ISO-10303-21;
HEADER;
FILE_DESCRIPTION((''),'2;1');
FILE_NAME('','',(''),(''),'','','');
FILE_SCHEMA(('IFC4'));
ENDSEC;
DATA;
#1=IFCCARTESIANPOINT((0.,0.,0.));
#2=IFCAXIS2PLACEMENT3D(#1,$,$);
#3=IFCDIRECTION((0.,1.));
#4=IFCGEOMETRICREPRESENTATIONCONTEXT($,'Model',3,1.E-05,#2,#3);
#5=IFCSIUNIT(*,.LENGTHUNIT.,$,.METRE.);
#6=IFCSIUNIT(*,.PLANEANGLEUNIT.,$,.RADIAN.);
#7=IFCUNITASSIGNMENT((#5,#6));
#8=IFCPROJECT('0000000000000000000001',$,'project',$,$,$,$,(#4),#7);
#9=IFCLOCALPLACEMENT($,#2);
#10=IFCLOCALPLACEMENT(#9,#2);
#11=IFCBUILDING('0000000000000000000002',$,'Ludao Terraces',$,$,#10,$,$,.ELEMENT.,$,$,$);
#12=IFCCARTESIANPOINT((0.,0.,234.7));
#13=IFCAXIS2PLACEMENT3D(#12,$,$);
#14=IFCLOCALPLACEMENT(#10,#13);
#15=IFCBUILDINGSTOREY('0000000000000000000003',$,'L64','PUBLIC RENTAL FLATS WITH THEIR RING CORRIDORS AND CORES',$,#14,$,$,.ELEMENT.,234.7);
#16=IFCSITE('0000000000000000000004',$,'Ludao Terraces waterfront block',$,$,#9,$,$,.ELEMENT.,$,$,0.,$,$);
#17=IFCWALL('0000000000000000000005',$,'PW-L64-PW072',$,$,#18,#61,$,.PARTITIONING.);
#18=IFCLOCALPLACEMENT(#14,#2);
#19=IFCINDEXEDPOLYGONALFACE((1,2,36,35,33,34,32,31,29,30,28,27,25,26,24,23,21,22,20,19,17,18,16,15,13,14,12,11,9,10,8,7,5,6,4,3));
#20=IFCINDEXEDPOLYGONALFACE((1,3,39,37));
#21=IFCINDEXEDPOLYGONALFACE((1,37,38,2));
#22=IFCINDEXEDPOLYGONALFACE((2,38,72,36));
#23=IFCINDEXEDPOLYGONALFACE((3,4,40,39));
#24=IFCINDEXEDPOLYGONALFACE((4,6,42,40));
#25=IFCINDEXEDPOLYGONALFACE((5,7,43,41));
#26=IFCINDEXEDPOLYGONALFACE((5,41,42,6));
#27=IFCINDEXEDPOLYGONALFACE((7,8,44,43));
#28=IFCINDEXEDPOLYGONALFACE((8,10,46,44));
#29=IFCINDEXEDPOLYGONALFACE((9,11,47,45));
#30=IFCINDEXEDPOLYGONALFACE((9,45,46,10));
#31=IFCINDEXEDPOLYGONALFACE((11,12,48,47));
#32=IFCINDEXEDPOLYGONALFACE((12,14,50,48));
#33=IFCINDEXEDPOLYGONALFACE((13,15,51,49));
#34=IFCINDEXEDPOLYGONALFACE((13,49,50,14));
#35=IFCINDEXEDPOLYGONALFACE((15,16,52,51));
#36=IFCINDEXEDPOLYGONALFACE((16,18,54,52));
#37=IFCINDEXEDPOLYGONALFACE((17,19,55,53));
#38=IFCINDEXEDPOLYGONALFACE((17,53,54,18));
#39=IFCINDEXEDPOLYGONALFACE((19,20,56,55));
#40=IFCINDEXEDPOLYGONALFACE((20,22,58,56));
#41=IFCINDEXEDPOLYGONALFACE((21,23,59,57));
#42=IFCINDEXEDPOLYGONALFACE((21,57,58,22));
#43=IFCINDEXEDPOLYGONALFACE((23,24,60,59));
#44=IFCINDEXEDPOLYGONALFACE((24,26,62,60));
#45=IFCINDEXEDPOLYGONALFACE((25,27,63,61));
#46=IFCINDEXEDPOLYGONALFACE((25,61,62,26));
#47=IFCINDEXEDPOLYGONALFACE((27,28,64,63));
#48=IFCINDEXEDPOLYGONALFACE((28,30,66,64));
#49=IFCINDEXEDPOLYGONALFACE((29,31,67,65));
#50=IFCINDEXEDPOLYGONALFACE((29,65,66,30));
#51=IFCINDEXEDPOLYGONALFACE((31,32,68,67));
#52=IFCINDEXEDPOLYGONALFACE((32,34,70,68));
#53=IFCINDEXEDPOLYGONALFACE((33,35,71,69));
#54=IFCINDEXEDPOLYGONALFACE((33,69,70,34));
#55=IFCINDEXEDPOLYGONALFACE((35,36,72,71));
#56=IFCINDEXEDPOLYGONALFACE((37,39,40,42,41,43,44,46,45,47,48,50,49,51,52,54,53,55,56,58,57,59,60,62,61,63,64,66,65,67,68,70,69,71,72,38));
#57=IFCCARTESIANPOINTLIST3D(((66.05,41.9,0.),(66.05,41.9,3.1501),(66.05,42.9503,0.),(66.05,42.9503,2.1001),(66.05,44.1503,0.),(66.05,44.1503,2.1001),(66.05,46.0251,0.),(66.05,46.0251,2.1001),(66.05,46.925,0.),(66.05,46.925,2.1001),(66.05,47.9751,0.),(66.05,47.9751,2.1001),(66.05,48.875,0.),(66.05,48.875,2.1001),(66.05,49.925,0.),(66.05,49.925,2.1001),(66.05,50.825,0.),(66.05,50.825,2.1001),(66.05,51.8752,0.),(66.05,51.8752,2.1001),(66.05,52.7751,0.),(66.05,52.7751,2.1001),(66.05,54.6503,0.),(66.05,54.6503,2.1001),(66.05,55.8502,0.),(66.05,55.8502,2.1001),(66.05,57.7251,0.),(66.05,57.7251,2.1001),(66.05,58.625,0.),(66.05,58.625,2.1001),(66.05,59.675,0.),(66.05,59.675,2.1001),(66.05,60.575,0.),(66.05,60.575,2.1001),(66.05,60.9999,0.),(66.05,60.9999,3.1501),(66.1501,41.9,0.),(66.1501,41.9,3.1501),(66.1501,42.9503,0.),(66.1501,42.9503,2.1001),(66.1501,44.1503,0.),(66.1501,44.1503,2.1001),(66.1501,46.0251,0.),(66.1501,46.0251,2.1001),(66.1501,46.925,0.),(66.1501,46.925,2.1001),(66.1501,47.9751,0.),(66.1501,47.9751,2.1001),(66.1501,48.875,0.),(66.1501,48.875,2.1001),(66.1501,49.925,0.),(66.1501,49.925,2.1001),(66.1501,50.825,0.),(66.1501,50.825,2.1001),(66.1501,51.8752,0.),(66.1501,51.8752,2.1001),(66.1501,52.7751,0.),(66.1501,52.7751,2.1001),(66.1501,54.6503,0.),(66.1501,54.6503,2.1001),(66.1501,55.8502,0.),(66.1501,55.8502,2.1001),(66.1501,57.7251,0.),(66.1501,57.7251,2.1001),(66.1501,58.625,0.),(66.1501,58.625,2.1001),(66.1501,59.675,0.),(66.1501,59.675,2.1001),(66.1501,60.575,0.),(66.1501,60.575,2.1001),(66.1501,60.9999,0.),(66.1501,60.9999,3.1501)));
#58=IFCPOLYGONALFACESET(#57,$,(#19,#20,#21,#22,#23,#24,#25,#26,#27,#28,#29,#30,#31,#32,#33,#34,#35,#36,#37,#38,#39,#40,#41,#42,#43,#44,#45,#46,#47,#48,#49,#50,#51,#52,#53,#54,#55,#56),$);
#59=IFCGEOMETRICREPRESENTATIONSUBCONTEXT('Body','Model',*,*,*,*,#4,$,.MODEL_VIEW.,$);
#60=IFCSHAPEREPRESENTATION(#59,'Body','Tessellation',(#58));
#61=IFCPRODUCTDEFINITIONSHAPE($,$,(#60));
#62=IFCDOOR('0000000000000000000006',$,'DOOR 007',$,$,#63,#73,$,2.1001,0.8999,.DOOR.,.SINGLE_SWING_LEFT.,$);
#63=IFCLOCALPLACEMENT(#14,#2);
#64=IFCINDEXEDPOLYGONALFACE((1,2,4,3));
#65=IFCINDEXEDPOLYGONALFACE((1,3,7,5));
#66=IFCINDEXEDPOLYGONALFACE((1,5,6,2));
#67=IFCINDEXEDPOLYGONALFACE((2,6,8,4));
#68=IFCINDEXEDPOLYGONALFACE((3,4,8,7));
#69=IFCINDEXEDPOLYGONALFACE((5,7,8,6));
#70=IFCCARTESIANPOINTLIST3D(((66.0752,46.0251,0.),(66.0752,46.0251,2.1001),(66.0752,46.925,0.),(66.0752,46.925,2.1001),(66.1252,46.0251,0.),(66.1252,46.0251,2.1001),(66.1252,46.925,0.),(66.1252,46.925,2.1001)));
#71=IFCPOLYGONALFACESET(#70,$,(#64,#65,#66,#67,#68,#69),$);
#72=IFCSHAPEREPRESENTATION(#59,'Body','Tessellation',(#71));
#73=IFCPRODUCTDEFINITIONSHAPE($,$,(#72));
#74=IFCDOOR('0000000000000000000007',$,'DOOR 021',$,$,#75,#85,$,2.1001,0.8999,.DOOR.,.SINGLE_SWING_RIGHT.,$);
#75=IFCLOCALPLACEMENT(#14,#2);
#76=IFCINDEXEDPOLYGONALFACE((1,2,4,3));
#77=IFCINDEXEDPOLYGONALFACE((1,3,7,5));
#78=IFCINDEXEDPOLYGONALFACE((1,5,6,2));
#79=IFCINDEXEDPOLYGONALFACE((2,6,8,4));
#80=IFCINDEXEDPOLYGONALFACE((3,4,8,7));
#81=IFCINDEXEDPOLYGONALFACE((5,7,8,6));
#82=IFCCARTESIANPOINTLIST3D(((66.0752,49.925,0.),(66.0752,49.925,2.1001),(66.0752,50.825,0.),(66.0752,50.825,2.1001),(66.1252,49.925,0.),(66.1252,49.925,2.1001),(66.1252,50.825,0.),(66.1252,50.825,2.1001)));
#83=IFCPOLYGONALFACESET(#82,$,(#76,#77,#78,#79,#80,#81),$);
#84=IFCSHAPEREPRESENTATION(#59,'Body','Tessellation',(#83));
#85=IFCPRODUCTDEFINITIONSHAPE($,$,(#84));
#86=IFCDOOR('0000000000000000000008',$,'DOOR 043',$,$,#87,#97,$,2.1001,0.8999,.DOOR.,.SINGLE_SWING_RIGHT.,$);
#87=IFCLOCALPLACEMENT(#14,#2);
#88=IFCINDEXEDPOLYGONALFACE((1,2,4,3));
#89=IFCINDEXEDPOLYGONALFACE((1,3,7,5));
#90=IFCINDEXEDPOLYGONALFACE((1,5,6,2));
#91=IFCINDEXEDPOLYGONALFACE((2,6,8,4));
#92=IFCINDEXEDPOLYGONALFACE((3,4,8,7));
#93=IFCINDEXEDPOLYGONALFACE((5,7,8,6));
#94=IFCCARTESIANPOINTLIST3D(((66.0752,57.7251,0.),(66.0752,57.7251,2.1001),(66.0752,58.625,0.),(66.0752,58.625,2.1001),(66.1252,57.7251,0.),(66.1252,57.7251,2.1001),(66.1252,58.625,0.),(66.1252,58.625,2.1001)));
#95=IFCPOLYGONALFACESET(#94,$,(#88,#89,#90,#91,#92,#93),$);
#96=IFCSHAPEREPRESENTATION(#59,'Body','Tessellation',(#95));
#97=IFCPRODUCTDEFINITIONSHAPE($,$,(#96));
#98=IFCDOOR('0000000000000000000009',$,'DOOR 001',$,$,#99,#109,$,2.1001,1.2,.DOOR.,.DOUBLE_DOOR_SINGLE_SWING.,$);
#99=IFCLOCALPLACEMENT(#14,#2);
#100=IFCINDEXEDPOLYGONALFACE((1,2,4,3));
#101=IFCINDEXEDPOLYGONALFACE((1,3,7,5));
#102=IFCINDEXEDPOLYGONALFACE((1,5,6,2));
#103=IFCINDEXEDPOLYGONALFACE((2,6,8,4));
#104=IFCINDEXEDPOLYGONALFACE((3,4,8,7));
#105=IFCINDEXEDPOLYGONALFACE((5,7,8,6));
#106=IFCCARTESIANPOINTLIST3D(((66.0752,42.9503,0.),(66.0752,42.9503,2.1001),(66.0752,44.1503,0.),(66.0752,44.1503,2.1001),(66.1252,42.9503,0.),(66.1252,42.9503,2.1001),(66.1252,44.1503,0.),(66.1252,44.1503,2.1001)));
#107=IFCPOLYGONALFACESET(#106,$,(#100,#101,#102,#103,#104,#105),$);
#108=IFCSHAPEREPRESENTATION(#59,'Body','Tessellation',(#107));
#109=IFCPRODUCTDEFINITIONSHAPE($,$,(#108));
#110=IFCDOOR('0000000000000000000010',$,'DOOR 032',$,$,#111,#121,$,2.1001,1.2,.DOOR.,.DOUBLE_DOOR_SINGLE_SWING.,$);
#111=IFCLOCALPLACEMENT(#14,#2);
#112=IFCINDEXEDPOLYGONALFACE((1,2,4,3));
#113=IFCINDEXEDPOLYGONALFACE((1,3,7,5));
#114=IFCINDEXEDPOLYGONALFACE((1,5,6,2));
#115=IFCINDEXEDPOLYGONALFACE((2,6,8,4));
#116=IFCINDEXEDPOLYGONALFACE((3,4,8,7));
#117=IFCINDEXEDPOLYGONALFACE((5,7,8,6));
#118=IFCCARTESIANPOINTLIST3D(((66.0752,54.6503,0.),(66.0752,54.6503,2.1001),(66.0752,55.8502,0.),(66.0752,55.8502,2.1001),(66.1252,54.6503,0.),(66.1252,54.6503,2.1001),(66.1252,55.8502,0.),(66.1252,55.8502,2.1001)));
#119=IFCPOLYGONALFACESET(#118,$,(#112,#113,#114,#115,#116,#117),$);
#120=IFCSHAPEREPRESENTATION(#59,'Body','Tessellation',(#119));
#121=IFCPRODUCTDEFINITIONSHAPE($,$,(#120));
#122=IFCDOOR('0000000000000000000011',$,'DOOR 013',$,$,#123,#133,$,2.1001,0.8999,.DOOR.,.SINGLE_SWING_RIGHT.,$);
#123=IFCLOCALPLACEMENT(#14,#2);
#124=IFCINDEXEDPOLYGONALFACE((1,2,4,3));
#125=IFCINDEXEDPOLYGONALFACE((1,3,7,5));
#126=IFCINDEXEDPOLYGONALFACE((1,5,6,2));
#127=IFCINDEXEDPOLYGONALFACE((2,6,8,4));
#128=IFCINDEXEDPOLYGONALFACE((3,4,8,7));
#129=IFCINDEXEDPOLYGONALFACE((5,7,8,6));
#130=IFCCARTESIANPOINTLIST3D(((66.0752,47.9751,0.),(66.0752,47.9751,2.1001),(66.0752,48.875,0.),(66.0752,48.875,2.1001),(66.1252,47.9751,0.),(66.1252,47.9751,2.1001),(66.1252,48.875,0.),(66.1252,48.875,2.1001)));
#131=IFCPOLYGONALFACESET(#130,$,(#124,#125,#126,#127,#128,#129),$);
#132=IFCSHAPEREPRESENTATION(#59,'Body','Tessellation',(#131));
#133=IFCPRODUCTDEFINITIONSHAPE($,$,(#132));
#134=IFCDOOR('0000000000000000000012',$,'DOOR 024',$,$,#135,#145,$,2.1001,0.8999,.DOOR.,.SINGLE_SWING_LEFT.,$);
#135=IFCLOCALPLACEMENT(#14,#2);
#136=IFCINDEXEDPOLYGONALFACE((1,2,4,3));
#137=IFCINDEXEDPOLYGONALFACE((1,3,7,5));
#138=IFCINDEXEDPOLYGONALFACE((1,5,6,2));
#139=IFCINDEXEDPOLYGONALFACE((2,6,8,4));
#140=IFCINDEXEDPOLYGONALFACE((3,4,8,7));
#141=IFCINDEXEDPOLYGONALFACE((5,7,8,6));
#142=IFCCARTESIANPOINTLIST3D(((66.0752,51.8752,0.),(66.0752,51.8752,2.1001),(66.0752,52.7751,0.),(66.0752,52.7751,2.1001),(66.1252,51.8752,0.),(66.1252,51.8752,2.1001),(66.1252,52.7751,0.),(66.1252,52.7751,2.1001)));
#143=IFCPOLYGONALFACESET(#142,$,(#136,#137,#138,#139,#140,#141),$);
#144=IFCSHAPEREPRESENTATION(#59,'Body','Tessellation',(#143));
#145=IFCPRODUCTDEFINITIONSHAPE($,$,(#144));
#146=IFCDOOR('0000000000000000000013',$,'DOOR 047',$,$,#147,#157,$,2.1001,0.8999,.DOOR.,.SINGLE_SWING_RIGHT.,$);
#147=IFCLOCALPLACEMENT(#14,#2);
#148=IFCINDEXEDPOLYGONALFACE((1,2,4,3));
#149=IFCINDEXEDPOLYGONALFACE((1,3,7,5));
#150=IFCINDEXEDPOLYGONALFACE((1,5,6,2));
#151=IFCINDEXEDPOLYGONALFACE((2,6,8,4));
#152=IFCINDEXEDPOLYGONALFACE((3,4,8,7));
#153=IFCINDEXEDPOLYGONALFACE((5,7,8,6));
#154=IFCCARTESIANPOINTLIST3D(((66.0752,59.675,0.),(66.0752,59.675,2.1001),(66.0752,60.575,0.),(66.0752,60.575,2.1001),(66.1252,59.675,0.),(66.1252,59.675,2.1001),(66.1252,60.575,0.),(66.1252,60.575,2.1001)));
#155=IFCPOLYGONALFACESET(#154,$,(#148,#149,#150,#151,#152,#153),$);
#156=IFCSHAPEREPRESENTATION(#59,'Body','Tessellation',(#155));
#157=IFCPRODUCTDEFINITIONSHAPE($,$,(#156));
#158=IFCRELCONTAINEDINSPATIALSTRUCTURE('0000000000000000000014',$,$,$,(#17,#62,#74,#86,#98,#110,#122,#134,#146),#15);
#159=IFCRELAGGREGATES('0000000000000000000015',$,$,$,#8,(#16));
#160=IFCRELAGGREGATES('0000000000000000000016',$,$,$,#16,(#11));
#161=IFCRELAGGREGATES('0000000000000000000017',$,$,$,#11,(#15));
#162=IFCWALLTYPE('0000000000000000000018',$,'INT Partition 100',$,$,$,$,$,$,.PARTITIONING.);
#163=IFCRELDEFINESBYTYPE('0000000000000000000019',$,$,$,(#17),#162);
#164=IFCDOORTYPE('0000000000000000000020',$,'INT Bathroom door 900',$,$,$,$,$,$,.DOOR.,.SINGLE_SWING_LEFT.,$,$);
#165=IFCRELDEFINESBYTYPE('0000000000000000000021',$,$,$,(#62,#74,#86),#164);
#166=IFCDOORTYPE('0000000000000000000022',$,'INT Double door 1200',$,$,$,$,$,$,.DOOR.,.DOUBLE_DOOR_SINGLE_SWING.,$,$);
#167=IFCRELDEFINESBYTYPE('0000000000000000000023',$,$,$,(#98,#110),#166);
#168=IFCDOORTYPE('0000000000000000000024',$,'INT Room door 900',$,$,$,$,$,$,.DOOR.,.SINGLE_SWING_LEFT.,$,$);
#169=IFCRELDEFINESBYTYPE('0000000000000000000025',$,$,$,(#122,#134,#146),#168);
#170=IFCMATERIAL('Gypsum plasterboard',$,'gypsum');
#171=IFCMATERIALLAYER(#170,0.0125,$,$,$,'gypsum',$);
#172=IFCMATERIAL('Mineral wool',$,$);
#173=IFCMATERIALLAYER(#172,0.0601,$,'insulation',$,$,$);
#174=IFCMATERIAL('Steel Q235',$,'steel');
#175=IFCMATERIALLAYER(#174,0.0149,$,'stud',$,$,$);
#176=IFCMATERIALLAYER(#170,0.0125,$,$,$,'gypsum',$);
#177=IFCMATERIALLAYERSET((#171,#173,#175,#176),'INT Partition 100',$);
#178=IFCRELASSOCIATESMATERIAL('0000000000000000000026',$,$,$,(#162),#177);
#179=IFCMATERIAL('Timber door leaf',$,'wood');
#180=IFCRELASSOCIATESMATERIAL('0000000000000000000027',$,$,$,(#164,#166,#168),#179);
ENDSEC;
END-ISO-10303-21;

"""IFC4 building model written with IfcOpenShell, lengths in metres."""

from ifc_helpers import new_model, si_unit, direction, frame, frame_2d, origin, place, context, subcontext, project, spatial, rectangle, extrude, material, layer, layer_set, type_object, element, fill, save


model = new_model("IFC4")

# Units and contexts
model_context = context("Model", 3, precision=1e-05, world=origin(), true_north=direction((0.0, 1.0)))
body_context = subcontext(model_context, "Body", "Model", "MODEL_VIEW")
ifc_project = project(units=[si_unit("LENGTHUNIT", "METRE"), si_unit("PLANEANGLEUNIT", "RADIAN")], contexts=[model_context])

# Site, building, storey
site_placement = place(None, origin())
site = spatial("IfcSite", under=ifc_project, at=site_placement, Name="Ludao Terraces waterfront block", CompositionType="ELEMENT", RefElevation=0.0)
building_placement = place(site_placement, origin())
building = spatial("IfcBuilding", under=site, at=building_placement, Name="Ludao Terraces", CompositionType="ELEMENT")
storey_placement = place(building_placement, frame((0.0, 0.0, 234.7)))
storey = spatial("IfcBuildingStorey", under=building, at=storey_placement, Name="L64", Description="PUBLIC RENTAL FLATS WITH THEIR RING CORRIDORS AND CORES", CompositionType="ELEMENT", Elevation=234.7)

# Shared definitions
ifc_material_1 = material(Name="Mineral wool")

# Shared definitions
ifc_material_2 = material(Name="Gypsum plasterboard", Category="gypsum")
ifc_layer_1 = layer(ifc_material_2, 0.0125, Category="gypsum")
ifc_layer_2 = layer(ifc_material_1, 0.0601, Name="insulation")
ifc_material_3 = material(Name="Steel Q235", Category="steel")
ifc_layer_3 = layer(ifc_material_3, 0.0149, Name="stud")
ifc_layer_4 = layer(ifc_material_2, 0.0125, Category="gypsum")
ifc_layer_set_1 = layer_set([ifc_layer_1, ifc_layer_2, ifc_layer_3, ifc_layer_4], Name="INT Partition 100")
wall_type_1 = type_object("IfcWallType", Name="INT Partition 100", PredefinedType="PARTITIONING", material=ifc_layer_set_1)

# Wall, openings, doors
wall_1_placement = place(storey_placement, frame((66.1001, 41.9001, 0.0), z_axis=(0.0, 0.0, 1.0), x_axis=(0.0, 1.0, 0.0)))
wall_1 = element("IfcWall", 1, at=wall_1_placement, inside=storey, type_object=wall_type_1, Name="PW-L64-PW072", PredefinedType="PARTITIONING", context=body_context, shape_type="SweptSolid", body=[
    extrude(rectangle(XDim=19.0999, YDim=0.1001, at=frame_2d((9.5498, 0.0))), origin(), (0.0, 0.0, 1.0), 3.1501),
])
opening_1_placement = place(wall_1_placement, frame((1.05, 0.0, 0.0)))
opening_1 = element("IfcOpeningElement", 2, at=opening_1_placement, cuts=wall_1, PredefinedType="OPENING", context=body_context, shape_type="SweptSolid", body=[
    extrude(rectangle(XDim=1.2, YDim=2.1001, at=frame_2d((0.6001, 1.05))), frame((0.0, 0.0601, 0.0), z_axis=(0.0, -1.0, 0.0), x_axis=(1.0, 0.0, 0.0)), (0.0, 0.0, 1.0), 0.1201),
])
opening_2_placement = place(wall_1_placement, frame((4.125, 0.0, 0.0)))
opening_2 = element("IfcOpeningElement", 3, at=opening_2_placement, cuts=wall_1, PredefinedType="OPENING", context=body_context, shape_type="SweptSolid", body=[
    extrude(rectangle(XDim=0.8999, YDim=2.1001, at=frame_2d((0.45, 1.05))), frame((0.0, 0.0601, 0.0), z_axis=(0.0, -1.0, 0.0), x_axis=(1.0, 0.0, 0.0)), (0.0, 0.0, 1.0), 0.1201),
])
opening_3_placement = place(wall_1_placement, frame((6.075, 0.0, 0.0)))
opening_3 = element("IfcOpeningElement", 4, at=opening_3_placement, cuts=wall_1, PredefinedType="OPENING", context=body_context, shape_type="SweptSolid", body=[
    extrude(rectangle(XDim=0.8999, YDim=2.1001, at=frame_2d((0.45, 1.05))), frame((0.0, 0.0601, 0.0), z_axis=(0.0, -1.0, 0.0), x_axis=(1.0, 0.0, 0.0)), (0.0, 0.0, 1.0), 0.1201),
])
opening_4_placement = place(wall_1_placement, frame((8.0249, 0.0, 0.0)))
opening_4 = element("IfcOpeningElement", 5, at=opening_4_placement, cuts=wall_1, PredefinedType="OPENING", context=body_context, shape_type="SweptSolid", body=[
    extrude(rectangle(XDim=0.8999, YDim=2.1001, at=frame_2d((0.45, 1.05))), frame((0.0, 0.0601, 0.0), z_axis=(0.0, -1.0, 0.0), x_axis=(1.0, 0.0, 0.0)), (0.0, 0.0, 1.0), 0.1201),
])
opening_5_placement = place(wall_1_placement, frame((9.9751, 0.0, 0.0)))
opening_5 = element("IfcOpeningElement", 6, at=opening_5_placement, cuts=wall_1, PredefinedType="OPENING", context=body_context, shape_type="SweptSolid", body=[
    extrude(rectangle(XDim=0.8999, YDim=2.1001, at=frame_2d((0.45, 1.05))), frame((0.0, 0.0601, 0.0), z_axis=(0.0, -1.0, 0.0), x_axis=(1.0, 0.0, 0.0)), (0.0, 0.0, 1.0), 0.1201),
])
opening_6_placement = place(wall_1_placement, frame((12.75, 0.0, 0.0)))
opening_6 = element("IfcOpeningElement", 7, at=opening_6_placement, cuts=wall_1, PredefinedType="OPENING", context=body_context, shape_type="SweptSolid", body=[
    extrude(rectangle(XDim=1.2, YDim=2.1001, at=frame_2d((0.6001, 1.05))), frame((0.0, 0.0601, 0.0), z_axis=(0.0, -1.0, 0.0), x_axis=(1.0, 0.0, 0.0)), (0.0, 0.0, 1.0), 0.1201),
])
opening_7_placement = place(wall_1_placement, frame((15.825, 0.0, 0.0)))
opening_7 = element("IfcOpeningElement", 8, at=opening_7_placement, cuts=wall_1, PredefinedType="OPENING", context=body_context, shape_type="SweptSolid", body=[
    extrude(rectangle(XDim=0.8999, YDim=2.1001, at=frame_2d((0.45, 1.05))), frame((0.0, 0.0601, 0.0), z_axis=(0.0, -1.0, 0.0), x_axis=(1.0, 0.0, 0.0)), (0.0, 0.0, 1.0), 0.1201),
])
opening_8_placement = place(wall_1_placement, frame((17.7749, 0.0, 0.0)))
opening_8 = element("IfcOpeningElement", 9, at=opening_8_placement, cuts=wall_1, PredefinedType="OPENING", context=body_context, shape_type="SweptSolid", body=[
    extrude(rectangle(XDim=0.8999, YDim=2.1001, at=frame_2d((0.45, 1.05))), frame((0.0, 0.0601, 0.0), z_axis=(0.0, -1.0, 0.0), x_axis=(1.0, 0.0, 0.0)), (0.0, 0.0, 1.0), 0.1201),
])
ifc_material_4 = material(Name="Timber door leaf", Category="wood")
door_type_1 = type_object("IfcDoorType", Name="INT Bathroom door 900", OperationType="SINGLE_SWING_LEFT", PredefinedType="DOOR", material=ifc_material_4)
door_1_placement = place(opening_2_placement, origin())
door_1 = element("IfcDoor", 10, at=door_1_placement, inside=storey, type_object=door_type_1, Name="DOOR 007", OperationType="SINGLE_SWING_LEFT", OverallHeight=2.1001, OverallWidth=0.8999, PredefinedType="DOOR", context=body_context, shape_type="SweptSolid", body=[
    extrude(rectangle(XDim=0.8999, YDim=2.1001, at=frame_2d((0.45, 1.05))), frame((0.0, 0.0249, 0.0), z_axis=(0.0, -1.0, 0.0), x_axis=(1.0, 0.0, 0.0)), (0.0, 0.0, 1.0), 0.05),
])
fill(opening_2, door_1)
door_2_placement = place(opening_4_placement, origin())
door_2 = element("IfcDoor", 11, at=door_2_placement, inside=storey, type_object=door_type_1, Name="DOOR 021", OperationType="SINGLE_SWING_RIGHT", OverallHeight=2.1001, OverallWidth=0.8999, PredefinedType="DOOR", context=body_context, shape_type="SweptSolid", body=[
    extrude(rectangle(XDim=0.8999, YDim=2.1001, at=frame_2d((0.45, 1.05))), frame((0.0, 0.0249, 0.0), z_axis=(0.0, -1.0, 0.0), x_axis=(1.0, 0.0, 0.0)), (0.0, 0.0, 1.0), 0.05),
])
fill(opening_4, door_2)
door_3_placement = place(opening_7_placement, origin())
door_3 = element("IfcDoor", 12, at=door_3_placement, inside=storey, type_object=door_type_1, Name="DOOR 043", OperationType="SINGLE_SWING_RIGHT", OverallHeight=2.1001, OverallWidth=0.8999, PredefinedType="DOOR", context=body_context, shape_type="SweptSolid", body=[
    extrude(rectangle(XDim=0.8999, YDim=2.1001, at=frame_2d((0.45, 1.05))), frame((0.0, 0.0249, 0.0), z_axis=(0.0, -1.0, 0.0), x_axis=(1.0, 0.0, 0.0)), (0.0, 0.0, 1.0), 0.05),
])
fill(opening_7, door_3)
door_type_2 = type_object("IfcDoorType", Name="INT Double door 1200", OperationType="DOUBLE_DOOR_SINGLE_SWING", PredefinedType="DOOR", material=ifc_material_4)
door_4_placement = place(opening_1_placement, origin())
door_4 = element("IfcDoor", 13, at=door_4_placement, inside=storey, type_object=door_type_2, Name="DOOR 001", OperationType="DOUBLE_DOOR_SINGLE_SWING", OverallHeight=2.1001, OverallWidth=1.2, PredefinedType="DOOR", context=body_context, shape_type="SweptSolid", body=[
    extrude(rectangle(XDim=1.2, YDim=2.1001, at=frame_2d((0.6001, 1.05))), frame((0.0, 0.0249, 0.0), z_axis=(0.0, -1.0, 0.0), x_axis=(1.0, 0.0, 0.0)), (0.0, 0.0, 1.0), 0.05),
])
fill(opening_1, door_4)
door_5_placement = place(opening_6_placement, origin())
door_5 = element("IfcDoor", 14, at=door_5_placement, inside=storey, type_object=door_type_2, Name="DOOR 032", OperationType="DOUBLE_DOOR_SINGLE_SWING", OverallHeight=2.1001, OverallWidth=1.2, PredefinedType="DOOR", context=body_context, shape_type="SweptSolid", body=[
    extrude(rectangle(XDim=1.2, YDim=2.1001, at=frame_2d((0.6001, 1.05))), frame((0.0, 0.0249, 0.0), z_axis=(0.0, -1.0, 0.0), x_axis=(1.0, 0.0, 0.0)), (0.0, 0.0, 1.0), 0.05),
])
fill(opening_6, door_5)
door_type_3 = type_object("IfcDoorType", Name="INT Room door 900", OperationType="SINGLE_SWING_LEFT", PredefinedType="DOOR", material=ifc_material_4)
door_6_placement = place(opening_3_placement, origin())
door_6 = element("IfcDoor", 15, at=door_6_placement, inside=storey, type_object=door_type_3, Name="DOOR 013", OperationType="SINGLE_SWING_RIGHT", OverallHeight=2.1001, OverallWidth=0.8999, PredefinedType="DOOR", context=body_context, shape_type="SweptSolid", body=[
    extrude(rectangle(XDim=0.8999, YDim=2.1001, at=frame_2d((0.45, 1.05))), frame((0.0, 0.0249, 0.0), z_axis=(0.0, -1.0, 0.0), x_axis=(1.0, 0.0, 0.0)), (0.0, 0.0, 1.0), 0.05),
])
fill(opening_3, door_6)
door_7_placement = place(opening_5_placement, origin())
door_7 = element("IfcDoor", 16, at=door_7_placement, inside=storey, type_object=door_type_3, Name="DOOR 024", OperationType="SINGLE_SWING_LEFT", OverallHeight=2.1001, OverallWidth=0.8999, PredefinedType="DOOR", context=body_context, shape_type="SweptSolid", body=[
    extrude(rectangle(XDim=0.8999, YDim=2.1001, at=frame_2d((0.45, 1.05))), frame((0.0, 0.0249, 0.0), z_axis=(0.0, -1.0, 0.0), x_axis=(1.0, 0.0, 0.0)), (0.0, 0.0, 1.0), 0.05),
])
fill(opening_5, door_7)
door_8_placement = place(opening_8_placement, origin())
door_8 = element("IfcDoor", 17, at=door_8_placement, inside=storey, type_object=door_type_3, Name="DOOR 047", OperationType="SINGLE_SWING_RIGHT", OverallHeight=2.1001, OverallWidth=0.8999, PredefinedType="DOOR", context=body_context, shape_type="SweptSolid", body=[
    extrude(rectangle(XDim=0.8999, YDim=2.1001, at=frame_2d((0.45, 1.05))), frame((0.0, 0.0249, 0.0), z_axis=(0.0, -1.0, 0.0), x_axis=(1.0, 0.0, 0.0)), (0.0, 0.0, 1.0), 0.05),
])
fill(opening_8, door_8)

save(model, "model.ifc")
